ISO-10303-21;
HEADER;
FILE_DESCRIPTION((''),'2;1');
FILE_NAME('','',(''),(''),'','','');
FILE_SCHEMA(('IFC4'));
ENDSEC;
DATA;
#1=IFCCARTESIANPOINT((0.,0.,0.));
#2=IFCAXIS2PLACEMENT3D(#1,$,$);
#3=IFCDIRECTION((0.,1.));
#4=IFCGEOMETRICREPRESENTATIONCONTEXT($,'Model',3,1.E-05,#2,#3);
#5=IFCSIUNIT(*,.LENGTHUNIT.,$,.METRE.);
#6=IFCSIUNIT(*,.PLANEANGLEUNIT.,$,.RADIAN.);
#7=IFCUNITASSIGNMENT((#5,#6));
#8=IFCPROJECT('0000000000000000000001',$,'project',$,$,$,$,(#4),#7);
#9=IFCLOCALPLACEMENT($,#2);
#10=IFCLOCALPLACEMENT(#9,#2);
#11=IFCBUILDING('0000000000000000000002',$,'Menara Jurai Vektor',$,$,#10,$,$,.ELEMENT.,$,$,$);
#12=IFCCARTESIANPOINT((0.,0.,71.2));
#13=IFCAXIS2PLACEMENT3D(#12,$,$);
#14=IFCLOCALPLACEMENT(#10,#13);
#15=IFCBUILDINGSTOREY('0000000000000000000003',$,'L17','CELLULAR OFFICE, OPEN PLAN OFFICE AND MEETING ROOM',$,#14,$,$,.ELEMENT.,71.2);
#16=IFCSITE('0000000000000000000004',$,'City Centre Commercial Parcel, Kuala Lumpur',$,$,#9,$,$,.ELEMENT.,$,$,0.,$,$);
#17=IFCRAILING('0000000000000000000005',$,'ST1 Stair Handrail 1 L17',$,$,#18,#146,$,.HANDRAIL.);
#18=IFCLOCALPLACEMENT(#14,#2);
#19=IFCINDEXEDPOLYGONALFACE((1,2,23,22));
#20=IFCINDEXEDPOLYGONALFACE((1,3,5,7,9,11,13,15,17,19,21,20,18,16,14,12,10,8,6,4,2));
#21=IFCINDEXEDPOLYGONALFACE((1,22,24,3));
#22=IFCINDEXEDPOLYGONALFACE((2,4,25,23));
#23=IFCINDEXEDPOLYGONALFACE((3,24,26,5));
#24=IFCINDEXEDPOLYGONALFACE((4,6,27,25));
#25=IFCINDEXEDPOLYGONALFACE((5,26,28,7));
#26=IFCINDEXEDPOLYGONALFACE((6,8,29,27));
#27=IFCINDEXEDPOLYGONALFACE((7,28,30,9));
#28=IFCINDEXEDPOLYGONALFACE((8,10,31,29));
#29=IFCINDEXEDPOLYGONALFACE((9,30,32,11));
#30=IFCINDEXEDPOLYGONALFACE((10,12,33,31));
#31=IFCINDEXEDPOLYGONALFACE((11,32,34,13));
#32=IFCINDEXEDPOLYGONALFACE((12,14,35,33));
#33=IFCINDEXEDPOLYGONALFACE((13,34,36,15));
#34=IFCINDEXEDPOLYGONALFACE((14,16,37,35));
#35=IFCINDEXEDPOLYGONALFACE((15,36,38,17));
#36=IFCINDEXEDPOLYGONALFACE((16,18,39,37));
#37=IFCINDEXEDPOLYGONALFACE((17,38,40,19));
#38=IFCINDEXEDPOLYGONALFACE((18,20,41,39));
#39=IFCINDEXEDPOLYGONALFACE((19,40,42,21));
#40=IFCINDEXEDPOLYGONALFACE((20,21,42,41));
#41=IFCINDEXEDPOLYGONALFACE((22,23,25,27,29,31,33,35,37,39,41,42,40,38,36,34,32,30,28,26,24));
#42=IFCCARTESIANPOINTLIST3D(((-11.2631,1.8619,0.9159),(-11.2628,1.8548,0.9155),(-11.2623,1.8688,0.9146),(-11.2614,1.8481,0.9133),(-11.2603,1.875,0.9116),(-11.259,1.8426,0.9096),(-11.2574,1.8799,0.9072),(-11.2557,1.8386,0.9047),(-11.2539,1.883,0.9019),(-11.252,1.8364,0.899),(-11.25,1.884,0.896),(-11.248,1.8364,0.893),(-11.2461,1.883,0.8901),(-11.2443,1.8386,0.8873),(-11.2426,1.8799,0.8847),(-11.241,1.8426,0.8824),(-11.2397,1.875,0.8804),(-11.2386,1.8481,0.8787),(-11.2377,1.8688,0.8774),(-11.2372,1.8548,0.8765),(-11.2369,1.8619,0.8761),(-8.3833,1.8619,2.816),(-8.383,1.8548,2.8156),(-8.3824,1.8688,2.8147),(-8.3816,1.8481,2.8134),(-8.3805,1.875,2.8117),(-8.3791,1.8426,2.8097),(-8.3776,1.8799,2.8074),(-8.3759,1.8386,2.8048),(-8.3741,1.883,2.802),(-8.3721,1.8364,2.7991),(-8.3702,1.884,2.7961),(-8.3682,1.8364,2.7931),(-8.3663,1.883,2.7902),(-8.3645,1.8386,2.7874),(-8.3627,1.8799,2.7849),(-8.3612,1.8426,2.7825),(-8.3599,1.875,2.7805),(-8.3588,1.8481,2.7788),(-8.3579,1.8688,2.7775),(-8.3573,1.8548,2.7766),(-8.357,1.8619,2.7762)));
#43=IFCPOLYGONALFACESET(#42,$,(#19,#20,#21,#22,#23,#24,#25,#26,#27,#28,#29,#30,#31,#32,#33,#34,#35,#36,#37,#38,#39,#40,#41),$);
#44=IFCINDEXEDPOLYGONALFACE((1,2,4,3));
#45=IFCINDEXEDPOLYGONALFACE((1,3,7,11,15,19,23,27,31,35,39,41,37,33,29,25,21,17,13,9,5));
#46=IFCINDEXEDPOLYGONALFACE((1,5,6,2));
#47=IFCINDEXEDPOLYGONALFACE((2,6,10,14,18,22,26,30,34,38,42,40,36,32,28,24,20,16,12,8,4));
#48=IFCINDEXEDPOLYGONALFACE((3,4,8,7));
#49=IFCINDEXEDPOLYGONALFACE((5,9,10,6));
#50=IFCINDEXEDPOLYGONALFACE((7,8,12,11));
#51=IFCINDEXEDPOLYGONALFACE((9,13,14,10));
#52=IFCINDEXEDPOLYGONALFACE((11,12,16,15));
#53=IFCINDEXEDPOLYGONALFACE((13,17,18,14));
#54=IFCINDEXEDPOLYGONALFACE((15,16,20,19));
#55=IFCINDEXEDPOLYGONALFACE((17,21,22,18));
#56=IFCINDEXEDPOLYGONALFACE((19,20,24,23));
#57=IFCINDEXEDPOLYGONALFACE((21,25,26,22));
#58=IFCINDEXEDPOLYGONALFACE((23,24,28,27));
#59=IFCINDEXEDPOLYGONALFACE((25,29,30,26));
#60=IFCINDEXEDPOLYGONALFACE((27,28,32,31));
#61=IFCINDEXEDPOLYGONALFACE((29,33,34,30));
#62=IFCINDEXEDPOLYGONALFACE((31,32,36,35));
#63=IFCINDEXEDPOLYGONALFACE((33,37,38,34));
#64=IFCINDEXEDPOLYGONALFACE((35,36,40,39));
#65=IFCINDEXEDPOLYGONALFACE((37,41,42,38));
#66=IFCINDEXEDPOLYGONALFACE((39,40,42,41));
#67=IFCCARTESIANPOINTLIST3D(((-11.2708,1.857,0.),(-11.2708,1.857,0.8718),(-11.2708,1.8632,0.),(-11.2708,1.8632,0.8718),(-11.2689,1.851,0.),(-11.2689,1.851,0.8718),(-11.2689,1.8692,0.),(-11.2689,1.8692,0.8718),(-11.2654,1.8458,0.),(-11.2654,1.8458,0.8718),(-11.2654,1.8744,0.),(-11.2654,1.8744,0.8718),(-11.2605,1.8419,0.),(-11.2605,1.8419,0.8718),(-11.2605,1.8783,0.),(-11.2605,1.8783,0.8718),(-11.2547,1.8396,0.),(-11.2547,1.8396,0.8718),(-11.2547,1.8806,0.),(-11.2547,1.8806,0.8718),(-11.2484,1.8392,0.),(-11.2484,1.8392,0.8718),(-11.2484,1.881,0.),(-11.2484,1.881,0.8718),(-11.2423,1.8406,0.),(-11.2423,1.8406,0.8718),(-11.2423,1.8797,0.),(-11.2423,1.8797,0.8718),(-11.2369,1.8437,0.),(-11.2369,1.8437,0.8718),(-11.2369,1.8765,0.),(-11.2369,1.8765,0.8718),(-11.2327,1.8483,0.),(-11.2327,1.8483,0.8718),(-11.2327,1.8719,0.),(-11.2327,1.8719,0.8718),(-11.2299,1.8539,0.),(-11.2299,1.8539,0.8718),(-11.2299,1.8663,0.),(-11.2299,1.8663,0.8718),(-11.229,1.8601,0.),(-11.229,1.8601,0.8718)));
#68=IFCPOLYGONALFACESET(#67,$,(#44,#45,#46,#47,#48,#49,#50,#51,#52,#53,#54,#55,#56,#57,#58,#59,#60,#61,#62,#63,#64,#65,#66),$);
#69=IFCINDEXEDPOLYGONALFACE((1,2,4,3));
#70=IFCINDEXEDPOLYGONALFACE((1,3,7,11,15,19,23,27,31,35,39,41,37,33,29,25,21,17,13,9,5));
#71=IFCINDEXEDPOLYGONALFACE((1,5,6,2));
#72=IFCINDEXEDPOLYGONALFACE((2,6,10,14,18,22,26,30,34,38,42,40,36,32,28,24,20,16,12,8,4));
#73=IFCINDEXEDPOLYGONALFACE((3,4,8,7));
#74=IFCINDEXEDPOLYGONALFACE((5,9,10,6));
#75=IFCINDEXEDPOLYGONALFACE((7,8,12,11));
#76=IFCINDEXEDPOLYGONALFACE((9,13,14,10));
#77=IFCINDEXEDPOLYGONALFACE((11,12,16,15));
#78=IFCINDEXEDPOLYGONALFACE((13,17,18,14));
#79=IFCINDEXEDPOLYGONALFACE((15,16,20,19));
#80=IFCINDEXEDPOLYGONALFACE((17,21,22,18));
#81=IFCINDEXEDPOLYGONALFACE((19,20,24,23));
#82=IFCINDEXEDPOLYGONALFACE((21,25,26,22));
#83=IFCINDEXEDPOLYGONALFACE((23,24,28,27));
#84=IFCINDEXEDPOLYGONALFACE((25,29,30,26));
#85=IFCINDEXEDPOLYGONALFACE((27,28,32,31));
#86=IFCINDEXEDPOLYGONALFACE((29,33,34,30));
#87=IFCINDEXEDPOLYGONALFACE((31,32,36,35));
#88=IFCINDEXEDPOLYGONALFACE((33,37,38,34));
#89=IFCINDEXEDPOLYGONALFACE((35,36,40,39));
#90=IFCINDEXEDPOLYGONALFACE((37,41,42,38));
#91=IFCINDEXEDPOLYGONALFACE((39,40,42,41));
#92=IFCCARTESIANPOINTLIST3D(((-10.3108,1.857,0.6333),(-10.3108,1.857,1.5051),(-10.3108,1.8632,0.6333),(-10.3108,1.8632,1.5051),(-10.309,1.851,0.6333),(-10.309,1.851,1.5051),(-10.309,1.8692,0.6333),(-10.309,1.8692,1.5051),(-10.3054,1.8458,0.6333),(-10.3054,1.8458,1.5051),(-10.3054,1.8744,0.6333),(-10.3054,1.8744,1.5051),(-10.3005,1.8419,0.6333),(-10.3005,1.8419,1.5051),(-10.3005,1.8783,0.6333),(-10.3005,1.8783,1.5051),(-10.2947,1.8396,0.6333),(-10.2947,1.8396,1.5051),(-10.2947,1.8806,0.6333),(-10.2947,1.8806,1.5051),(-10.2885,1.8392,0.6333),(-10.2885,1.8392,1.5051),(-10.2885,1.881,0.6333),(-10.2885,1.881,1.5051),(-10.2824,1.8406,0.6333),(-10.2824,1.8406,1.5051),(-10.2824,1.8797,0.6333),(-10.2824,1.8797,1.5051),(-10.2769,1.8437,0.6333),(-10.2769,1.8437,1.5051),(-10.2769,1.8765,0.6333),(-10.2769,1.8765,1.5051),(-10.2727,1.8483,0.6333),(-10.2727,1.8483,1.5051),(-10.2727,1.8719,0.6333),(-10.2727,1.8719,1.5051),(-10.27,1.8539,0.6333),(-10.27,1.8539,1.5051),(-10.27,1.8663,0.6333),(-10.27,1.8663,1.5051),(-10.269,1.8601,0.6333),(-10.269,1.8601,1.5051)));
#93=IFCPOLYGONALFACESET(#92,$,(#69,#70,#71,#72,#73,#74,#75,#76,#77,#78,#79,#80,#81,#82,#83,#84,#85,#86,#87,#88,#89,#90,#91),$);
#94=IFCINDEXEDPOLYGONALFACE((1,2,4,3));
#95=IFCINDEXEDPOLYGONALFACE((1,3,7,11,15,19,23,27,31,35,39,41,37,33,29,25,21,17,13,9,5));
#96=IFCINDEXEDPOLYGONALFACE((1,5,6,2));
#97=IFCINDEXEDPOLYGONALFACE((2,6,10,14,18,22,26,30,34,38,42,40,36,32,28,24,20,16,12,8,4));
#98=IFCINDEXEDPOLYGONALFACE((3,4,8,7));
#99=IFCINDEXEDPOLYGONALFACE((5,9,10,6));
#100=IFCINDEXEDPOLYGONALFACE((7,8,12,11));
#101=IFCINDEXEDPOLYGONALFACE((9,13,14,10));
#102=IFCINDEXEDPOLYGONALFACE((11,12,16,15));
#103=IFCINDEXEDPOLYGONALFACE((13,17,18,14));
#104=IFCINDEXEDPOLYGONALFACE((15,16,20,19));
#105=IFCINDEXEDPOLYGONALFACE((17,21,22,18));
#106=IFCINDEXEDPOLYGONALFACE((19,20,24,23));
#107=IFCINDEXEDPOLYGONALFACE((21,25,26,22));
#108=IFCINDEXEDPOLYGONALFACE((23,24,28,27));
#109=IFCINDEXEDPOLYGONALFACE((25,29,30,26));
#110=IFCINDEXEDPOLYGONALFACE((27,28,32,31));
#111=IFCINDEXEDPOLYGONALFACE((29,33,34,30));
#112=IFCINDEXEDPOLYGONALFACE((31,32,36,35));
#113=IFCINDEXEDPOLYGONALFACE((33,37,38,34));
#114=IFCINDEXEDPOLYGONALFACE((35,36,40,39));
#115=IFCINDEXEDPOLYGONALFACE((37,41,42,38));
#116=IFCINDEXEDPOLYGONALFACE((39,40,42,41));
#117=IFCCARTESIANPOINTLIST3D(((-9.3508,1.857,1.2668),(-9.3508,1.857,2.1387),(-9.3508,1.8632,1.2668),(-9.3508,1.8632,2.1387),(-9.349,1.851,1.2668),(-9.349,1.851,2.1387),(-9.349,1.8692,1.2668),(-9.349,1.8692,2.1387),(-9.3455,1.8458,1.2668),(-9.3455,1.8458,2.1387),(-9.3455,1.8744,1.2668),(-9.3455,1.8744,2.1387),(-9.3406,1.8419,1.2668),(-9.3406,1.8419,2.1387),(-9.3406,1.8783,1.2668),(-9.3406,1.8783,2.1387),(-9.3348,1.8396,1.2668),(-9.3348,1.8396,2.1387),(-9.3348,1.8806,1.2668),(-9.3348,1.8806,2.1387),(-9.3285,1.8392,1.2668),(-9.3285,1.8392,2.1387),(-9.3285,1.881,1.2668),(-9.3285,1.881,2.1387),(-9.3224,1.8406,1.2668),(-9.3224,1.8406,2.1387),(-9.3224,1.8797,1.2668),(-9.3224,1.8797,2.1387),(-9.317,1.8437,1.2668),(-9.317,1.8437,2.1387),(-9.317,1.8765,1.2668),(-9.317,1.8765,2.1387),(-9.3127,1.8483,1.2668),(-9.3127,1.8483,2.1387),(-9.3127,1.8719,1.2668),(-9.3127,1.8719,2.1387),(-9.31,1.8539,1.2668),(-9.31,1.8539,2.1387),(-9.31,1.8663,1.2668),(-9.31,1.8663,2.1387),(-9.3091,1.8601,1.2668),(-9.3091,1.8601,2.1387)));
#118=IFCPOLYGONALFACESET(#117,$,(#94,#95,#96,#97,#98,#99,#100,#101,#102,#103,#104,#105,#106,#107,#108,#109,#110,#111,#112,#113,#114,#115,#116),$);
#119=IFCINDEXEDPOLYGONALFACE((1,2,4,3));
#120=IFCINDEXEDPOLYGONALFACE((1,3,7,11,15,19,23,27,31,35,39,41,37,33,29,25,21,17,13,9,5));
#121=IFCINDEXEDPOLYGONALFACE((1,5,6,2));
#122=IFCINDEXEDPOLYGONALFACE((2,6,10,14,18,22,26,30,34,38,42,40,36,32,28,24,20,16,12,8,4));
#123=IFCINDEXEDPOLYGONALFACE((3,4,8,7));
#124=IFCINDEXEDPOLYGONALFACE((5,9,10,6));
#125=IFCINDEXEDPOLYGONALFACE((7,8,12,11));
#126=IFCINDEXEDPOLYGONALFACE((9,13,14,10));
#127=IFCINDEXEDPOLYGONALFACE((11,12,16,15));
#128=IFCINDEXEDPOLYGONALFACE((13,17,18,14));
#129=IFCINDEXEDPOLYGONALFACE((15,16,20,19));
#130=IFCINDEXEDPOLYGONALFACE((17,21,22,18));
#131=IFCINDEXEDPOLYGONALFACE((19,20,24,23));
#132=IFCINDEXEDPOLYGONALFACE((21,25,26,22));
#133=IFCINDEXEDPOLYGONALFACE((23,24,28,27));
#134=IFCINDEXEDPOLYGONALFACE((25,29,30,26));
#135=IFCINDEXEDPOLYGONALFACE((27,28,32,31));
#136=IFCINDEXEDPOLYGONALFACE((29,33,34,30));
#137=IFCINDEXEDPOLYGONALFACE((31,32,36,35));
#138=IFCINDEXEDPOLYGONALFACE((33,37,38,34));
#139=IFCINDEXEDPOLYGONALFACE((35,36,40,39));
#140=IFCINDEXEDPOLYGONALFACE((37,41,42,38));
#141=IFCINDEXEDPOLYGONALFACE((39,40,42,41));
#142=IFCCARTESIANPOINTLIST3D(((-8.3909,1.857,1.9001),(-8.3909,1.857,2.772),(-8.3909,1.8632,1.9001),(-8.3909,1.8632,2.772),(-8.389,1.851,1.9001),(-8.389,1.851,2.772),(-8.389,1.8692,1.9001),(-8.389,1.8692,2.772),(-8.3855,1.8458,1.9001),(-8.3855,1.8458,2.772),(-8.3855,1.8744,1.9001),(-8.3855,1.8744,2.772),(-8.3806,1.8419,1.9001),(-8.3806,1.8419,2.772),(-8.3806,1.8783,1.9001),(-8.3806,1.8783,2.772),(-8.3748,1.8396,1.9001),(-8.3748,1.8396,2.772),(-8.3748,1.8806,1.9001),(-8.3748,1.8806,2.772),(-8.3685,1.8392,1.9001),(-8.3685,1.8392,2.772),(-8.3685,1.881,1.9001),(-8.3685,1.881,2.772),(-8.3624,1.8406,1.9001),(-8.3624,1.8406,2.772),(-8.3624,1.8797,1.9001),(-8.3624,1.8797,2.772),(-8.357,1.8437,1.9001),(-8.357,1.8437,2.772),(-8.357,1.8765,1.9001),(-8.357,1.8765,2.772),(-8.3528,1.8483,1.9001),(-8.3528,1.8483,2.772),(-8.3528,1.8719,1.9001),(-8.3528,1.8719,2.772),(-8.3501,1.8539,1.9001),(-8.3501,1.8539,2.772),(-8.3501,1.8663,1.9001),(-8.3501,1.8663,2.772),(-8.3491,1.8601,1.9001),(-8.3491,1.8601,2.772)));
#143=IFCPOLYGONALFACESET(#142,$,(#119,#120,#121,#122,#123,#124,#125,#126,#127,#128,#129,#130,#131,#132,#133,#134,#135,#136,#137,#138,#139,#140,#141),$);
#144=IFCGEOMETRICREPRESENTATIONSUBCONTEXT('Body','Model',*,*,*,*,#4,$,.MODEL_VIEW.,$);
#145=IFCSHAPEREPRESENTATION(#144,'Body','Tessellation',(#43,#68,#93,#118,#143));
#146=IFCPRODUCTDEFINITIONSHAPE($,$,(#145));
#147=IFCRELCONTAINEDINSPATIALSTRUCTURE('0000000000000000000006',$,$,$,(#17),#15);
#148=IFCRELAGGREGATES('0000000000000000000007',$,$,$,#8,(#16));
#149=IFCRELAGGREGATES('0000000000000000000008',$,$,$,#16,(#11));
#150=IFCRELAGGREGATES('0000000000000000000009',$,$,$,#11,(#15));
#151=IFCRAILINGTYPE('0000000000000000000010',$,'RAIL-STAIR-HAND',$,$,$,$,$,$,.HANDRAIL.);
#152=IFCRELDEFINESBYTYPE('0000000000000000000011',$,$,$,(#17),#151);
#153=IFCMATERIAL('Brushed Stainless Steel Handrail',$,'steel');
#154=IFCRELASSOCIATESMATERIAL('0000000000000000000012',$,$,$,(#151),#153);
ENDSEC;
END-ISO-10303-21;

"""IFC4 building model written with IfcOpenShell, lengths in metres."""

from ifc_helpers import new_model, si_unit, direction, frame, origin, origin_2d, place, context, subcontext, project, spatial, circle, extrude, material, type_object, element, save


model = new_model("IFC4")

# Units and contexts
model_context = context("Model", 3, precision=1e-05, world=origin(), true_north=direction((0.0, 1.0)))
body_context = subcontext(model_context, "Body", "Model", "MODEL_VIEW")
ifc_project = project(units=[si_unit("LENGTHUNIT", "METRE"), si_unit("PLANEANGLEUNIT", "RADIAN")], contexts=[model_context])

# Site, building, storey
site_placement = place(None, origin())
site = spatial("IfcSite", under=ifc_project, at=site_placement, Name="City Centre Commercial Parcel, Kuala Lumpur", CompositionType="ELEMENT", RefElevation=0.0)
building_placement = place(site_placement, origin())
building = spatial("IfcBuilding", under=site, at=building_placement, Name="Menara Jurai Vektor", CompositionType="ELEMENT")
storey_placement = place(building_placement, frame((0.0, 0.0, 71.2)))
storey = spatial("IfcBuildingStorey", under=building, at=storey_placement, Name="L17", Description="CELLULAR OFFICE, OPEN PLAN OFFICE AND MEETING ROOM", CompositionType="ELEMENT", Elevation=71.2)

# Railing
ifc_material_1 = material(Name="Brushed Stainless Steel Handrail", Category="steel")
railing_type_1 = type_object("IfcRailingType", Name="RAIL-STAIR-HAND", PredefinedType="HANDRAIL", material=ifc_material_1)
railing_1_placement = place(storey_placement, frame((-11.25, 1.8601, 0.0)))
element("IfcRailing", 1, at=railing_1_placement, inside=storey, type_object=railing_type_1, Name="ST1 Stair Handrail 1 L17", PredefinedType="HANDRAIL", context=body_context, shape_type="SweptSolid", body=[
    extrude(circle(Radius=0.0239, at=origin_2d()), frame((0.0, 0.0, 0.896), z_axis=(0.834686, 0.0, 0.550726), x_axis=(0.0, 1.0, 0.0)), (0.0, 0.0, 1.0), 3.4502),
    extrude(circle(Radius=0.021, at=origin_2d()), origin(), (0.0, 0.0, 1.0), 0.8718),
    extrude(circle(Radius=0.021, at=origin_2d()), frame((0.96, 0.0, 0.6333)), (0.0, 0.0, 1.0), 0.8718),
    extrude(circle(Radius=0.021, at=origin_2d()), frame((1.9199, 0.0, 1.2668)), (0.0, 0.0, 1.0), 0.8718),
    extrude(circle(Radius=0.021, at=origin_2d()), frame((2.8799, 0.0, 1.9001)), (0.0, 0.0, 1.0), 0.8718),
])

save(model, "model.ifc")
